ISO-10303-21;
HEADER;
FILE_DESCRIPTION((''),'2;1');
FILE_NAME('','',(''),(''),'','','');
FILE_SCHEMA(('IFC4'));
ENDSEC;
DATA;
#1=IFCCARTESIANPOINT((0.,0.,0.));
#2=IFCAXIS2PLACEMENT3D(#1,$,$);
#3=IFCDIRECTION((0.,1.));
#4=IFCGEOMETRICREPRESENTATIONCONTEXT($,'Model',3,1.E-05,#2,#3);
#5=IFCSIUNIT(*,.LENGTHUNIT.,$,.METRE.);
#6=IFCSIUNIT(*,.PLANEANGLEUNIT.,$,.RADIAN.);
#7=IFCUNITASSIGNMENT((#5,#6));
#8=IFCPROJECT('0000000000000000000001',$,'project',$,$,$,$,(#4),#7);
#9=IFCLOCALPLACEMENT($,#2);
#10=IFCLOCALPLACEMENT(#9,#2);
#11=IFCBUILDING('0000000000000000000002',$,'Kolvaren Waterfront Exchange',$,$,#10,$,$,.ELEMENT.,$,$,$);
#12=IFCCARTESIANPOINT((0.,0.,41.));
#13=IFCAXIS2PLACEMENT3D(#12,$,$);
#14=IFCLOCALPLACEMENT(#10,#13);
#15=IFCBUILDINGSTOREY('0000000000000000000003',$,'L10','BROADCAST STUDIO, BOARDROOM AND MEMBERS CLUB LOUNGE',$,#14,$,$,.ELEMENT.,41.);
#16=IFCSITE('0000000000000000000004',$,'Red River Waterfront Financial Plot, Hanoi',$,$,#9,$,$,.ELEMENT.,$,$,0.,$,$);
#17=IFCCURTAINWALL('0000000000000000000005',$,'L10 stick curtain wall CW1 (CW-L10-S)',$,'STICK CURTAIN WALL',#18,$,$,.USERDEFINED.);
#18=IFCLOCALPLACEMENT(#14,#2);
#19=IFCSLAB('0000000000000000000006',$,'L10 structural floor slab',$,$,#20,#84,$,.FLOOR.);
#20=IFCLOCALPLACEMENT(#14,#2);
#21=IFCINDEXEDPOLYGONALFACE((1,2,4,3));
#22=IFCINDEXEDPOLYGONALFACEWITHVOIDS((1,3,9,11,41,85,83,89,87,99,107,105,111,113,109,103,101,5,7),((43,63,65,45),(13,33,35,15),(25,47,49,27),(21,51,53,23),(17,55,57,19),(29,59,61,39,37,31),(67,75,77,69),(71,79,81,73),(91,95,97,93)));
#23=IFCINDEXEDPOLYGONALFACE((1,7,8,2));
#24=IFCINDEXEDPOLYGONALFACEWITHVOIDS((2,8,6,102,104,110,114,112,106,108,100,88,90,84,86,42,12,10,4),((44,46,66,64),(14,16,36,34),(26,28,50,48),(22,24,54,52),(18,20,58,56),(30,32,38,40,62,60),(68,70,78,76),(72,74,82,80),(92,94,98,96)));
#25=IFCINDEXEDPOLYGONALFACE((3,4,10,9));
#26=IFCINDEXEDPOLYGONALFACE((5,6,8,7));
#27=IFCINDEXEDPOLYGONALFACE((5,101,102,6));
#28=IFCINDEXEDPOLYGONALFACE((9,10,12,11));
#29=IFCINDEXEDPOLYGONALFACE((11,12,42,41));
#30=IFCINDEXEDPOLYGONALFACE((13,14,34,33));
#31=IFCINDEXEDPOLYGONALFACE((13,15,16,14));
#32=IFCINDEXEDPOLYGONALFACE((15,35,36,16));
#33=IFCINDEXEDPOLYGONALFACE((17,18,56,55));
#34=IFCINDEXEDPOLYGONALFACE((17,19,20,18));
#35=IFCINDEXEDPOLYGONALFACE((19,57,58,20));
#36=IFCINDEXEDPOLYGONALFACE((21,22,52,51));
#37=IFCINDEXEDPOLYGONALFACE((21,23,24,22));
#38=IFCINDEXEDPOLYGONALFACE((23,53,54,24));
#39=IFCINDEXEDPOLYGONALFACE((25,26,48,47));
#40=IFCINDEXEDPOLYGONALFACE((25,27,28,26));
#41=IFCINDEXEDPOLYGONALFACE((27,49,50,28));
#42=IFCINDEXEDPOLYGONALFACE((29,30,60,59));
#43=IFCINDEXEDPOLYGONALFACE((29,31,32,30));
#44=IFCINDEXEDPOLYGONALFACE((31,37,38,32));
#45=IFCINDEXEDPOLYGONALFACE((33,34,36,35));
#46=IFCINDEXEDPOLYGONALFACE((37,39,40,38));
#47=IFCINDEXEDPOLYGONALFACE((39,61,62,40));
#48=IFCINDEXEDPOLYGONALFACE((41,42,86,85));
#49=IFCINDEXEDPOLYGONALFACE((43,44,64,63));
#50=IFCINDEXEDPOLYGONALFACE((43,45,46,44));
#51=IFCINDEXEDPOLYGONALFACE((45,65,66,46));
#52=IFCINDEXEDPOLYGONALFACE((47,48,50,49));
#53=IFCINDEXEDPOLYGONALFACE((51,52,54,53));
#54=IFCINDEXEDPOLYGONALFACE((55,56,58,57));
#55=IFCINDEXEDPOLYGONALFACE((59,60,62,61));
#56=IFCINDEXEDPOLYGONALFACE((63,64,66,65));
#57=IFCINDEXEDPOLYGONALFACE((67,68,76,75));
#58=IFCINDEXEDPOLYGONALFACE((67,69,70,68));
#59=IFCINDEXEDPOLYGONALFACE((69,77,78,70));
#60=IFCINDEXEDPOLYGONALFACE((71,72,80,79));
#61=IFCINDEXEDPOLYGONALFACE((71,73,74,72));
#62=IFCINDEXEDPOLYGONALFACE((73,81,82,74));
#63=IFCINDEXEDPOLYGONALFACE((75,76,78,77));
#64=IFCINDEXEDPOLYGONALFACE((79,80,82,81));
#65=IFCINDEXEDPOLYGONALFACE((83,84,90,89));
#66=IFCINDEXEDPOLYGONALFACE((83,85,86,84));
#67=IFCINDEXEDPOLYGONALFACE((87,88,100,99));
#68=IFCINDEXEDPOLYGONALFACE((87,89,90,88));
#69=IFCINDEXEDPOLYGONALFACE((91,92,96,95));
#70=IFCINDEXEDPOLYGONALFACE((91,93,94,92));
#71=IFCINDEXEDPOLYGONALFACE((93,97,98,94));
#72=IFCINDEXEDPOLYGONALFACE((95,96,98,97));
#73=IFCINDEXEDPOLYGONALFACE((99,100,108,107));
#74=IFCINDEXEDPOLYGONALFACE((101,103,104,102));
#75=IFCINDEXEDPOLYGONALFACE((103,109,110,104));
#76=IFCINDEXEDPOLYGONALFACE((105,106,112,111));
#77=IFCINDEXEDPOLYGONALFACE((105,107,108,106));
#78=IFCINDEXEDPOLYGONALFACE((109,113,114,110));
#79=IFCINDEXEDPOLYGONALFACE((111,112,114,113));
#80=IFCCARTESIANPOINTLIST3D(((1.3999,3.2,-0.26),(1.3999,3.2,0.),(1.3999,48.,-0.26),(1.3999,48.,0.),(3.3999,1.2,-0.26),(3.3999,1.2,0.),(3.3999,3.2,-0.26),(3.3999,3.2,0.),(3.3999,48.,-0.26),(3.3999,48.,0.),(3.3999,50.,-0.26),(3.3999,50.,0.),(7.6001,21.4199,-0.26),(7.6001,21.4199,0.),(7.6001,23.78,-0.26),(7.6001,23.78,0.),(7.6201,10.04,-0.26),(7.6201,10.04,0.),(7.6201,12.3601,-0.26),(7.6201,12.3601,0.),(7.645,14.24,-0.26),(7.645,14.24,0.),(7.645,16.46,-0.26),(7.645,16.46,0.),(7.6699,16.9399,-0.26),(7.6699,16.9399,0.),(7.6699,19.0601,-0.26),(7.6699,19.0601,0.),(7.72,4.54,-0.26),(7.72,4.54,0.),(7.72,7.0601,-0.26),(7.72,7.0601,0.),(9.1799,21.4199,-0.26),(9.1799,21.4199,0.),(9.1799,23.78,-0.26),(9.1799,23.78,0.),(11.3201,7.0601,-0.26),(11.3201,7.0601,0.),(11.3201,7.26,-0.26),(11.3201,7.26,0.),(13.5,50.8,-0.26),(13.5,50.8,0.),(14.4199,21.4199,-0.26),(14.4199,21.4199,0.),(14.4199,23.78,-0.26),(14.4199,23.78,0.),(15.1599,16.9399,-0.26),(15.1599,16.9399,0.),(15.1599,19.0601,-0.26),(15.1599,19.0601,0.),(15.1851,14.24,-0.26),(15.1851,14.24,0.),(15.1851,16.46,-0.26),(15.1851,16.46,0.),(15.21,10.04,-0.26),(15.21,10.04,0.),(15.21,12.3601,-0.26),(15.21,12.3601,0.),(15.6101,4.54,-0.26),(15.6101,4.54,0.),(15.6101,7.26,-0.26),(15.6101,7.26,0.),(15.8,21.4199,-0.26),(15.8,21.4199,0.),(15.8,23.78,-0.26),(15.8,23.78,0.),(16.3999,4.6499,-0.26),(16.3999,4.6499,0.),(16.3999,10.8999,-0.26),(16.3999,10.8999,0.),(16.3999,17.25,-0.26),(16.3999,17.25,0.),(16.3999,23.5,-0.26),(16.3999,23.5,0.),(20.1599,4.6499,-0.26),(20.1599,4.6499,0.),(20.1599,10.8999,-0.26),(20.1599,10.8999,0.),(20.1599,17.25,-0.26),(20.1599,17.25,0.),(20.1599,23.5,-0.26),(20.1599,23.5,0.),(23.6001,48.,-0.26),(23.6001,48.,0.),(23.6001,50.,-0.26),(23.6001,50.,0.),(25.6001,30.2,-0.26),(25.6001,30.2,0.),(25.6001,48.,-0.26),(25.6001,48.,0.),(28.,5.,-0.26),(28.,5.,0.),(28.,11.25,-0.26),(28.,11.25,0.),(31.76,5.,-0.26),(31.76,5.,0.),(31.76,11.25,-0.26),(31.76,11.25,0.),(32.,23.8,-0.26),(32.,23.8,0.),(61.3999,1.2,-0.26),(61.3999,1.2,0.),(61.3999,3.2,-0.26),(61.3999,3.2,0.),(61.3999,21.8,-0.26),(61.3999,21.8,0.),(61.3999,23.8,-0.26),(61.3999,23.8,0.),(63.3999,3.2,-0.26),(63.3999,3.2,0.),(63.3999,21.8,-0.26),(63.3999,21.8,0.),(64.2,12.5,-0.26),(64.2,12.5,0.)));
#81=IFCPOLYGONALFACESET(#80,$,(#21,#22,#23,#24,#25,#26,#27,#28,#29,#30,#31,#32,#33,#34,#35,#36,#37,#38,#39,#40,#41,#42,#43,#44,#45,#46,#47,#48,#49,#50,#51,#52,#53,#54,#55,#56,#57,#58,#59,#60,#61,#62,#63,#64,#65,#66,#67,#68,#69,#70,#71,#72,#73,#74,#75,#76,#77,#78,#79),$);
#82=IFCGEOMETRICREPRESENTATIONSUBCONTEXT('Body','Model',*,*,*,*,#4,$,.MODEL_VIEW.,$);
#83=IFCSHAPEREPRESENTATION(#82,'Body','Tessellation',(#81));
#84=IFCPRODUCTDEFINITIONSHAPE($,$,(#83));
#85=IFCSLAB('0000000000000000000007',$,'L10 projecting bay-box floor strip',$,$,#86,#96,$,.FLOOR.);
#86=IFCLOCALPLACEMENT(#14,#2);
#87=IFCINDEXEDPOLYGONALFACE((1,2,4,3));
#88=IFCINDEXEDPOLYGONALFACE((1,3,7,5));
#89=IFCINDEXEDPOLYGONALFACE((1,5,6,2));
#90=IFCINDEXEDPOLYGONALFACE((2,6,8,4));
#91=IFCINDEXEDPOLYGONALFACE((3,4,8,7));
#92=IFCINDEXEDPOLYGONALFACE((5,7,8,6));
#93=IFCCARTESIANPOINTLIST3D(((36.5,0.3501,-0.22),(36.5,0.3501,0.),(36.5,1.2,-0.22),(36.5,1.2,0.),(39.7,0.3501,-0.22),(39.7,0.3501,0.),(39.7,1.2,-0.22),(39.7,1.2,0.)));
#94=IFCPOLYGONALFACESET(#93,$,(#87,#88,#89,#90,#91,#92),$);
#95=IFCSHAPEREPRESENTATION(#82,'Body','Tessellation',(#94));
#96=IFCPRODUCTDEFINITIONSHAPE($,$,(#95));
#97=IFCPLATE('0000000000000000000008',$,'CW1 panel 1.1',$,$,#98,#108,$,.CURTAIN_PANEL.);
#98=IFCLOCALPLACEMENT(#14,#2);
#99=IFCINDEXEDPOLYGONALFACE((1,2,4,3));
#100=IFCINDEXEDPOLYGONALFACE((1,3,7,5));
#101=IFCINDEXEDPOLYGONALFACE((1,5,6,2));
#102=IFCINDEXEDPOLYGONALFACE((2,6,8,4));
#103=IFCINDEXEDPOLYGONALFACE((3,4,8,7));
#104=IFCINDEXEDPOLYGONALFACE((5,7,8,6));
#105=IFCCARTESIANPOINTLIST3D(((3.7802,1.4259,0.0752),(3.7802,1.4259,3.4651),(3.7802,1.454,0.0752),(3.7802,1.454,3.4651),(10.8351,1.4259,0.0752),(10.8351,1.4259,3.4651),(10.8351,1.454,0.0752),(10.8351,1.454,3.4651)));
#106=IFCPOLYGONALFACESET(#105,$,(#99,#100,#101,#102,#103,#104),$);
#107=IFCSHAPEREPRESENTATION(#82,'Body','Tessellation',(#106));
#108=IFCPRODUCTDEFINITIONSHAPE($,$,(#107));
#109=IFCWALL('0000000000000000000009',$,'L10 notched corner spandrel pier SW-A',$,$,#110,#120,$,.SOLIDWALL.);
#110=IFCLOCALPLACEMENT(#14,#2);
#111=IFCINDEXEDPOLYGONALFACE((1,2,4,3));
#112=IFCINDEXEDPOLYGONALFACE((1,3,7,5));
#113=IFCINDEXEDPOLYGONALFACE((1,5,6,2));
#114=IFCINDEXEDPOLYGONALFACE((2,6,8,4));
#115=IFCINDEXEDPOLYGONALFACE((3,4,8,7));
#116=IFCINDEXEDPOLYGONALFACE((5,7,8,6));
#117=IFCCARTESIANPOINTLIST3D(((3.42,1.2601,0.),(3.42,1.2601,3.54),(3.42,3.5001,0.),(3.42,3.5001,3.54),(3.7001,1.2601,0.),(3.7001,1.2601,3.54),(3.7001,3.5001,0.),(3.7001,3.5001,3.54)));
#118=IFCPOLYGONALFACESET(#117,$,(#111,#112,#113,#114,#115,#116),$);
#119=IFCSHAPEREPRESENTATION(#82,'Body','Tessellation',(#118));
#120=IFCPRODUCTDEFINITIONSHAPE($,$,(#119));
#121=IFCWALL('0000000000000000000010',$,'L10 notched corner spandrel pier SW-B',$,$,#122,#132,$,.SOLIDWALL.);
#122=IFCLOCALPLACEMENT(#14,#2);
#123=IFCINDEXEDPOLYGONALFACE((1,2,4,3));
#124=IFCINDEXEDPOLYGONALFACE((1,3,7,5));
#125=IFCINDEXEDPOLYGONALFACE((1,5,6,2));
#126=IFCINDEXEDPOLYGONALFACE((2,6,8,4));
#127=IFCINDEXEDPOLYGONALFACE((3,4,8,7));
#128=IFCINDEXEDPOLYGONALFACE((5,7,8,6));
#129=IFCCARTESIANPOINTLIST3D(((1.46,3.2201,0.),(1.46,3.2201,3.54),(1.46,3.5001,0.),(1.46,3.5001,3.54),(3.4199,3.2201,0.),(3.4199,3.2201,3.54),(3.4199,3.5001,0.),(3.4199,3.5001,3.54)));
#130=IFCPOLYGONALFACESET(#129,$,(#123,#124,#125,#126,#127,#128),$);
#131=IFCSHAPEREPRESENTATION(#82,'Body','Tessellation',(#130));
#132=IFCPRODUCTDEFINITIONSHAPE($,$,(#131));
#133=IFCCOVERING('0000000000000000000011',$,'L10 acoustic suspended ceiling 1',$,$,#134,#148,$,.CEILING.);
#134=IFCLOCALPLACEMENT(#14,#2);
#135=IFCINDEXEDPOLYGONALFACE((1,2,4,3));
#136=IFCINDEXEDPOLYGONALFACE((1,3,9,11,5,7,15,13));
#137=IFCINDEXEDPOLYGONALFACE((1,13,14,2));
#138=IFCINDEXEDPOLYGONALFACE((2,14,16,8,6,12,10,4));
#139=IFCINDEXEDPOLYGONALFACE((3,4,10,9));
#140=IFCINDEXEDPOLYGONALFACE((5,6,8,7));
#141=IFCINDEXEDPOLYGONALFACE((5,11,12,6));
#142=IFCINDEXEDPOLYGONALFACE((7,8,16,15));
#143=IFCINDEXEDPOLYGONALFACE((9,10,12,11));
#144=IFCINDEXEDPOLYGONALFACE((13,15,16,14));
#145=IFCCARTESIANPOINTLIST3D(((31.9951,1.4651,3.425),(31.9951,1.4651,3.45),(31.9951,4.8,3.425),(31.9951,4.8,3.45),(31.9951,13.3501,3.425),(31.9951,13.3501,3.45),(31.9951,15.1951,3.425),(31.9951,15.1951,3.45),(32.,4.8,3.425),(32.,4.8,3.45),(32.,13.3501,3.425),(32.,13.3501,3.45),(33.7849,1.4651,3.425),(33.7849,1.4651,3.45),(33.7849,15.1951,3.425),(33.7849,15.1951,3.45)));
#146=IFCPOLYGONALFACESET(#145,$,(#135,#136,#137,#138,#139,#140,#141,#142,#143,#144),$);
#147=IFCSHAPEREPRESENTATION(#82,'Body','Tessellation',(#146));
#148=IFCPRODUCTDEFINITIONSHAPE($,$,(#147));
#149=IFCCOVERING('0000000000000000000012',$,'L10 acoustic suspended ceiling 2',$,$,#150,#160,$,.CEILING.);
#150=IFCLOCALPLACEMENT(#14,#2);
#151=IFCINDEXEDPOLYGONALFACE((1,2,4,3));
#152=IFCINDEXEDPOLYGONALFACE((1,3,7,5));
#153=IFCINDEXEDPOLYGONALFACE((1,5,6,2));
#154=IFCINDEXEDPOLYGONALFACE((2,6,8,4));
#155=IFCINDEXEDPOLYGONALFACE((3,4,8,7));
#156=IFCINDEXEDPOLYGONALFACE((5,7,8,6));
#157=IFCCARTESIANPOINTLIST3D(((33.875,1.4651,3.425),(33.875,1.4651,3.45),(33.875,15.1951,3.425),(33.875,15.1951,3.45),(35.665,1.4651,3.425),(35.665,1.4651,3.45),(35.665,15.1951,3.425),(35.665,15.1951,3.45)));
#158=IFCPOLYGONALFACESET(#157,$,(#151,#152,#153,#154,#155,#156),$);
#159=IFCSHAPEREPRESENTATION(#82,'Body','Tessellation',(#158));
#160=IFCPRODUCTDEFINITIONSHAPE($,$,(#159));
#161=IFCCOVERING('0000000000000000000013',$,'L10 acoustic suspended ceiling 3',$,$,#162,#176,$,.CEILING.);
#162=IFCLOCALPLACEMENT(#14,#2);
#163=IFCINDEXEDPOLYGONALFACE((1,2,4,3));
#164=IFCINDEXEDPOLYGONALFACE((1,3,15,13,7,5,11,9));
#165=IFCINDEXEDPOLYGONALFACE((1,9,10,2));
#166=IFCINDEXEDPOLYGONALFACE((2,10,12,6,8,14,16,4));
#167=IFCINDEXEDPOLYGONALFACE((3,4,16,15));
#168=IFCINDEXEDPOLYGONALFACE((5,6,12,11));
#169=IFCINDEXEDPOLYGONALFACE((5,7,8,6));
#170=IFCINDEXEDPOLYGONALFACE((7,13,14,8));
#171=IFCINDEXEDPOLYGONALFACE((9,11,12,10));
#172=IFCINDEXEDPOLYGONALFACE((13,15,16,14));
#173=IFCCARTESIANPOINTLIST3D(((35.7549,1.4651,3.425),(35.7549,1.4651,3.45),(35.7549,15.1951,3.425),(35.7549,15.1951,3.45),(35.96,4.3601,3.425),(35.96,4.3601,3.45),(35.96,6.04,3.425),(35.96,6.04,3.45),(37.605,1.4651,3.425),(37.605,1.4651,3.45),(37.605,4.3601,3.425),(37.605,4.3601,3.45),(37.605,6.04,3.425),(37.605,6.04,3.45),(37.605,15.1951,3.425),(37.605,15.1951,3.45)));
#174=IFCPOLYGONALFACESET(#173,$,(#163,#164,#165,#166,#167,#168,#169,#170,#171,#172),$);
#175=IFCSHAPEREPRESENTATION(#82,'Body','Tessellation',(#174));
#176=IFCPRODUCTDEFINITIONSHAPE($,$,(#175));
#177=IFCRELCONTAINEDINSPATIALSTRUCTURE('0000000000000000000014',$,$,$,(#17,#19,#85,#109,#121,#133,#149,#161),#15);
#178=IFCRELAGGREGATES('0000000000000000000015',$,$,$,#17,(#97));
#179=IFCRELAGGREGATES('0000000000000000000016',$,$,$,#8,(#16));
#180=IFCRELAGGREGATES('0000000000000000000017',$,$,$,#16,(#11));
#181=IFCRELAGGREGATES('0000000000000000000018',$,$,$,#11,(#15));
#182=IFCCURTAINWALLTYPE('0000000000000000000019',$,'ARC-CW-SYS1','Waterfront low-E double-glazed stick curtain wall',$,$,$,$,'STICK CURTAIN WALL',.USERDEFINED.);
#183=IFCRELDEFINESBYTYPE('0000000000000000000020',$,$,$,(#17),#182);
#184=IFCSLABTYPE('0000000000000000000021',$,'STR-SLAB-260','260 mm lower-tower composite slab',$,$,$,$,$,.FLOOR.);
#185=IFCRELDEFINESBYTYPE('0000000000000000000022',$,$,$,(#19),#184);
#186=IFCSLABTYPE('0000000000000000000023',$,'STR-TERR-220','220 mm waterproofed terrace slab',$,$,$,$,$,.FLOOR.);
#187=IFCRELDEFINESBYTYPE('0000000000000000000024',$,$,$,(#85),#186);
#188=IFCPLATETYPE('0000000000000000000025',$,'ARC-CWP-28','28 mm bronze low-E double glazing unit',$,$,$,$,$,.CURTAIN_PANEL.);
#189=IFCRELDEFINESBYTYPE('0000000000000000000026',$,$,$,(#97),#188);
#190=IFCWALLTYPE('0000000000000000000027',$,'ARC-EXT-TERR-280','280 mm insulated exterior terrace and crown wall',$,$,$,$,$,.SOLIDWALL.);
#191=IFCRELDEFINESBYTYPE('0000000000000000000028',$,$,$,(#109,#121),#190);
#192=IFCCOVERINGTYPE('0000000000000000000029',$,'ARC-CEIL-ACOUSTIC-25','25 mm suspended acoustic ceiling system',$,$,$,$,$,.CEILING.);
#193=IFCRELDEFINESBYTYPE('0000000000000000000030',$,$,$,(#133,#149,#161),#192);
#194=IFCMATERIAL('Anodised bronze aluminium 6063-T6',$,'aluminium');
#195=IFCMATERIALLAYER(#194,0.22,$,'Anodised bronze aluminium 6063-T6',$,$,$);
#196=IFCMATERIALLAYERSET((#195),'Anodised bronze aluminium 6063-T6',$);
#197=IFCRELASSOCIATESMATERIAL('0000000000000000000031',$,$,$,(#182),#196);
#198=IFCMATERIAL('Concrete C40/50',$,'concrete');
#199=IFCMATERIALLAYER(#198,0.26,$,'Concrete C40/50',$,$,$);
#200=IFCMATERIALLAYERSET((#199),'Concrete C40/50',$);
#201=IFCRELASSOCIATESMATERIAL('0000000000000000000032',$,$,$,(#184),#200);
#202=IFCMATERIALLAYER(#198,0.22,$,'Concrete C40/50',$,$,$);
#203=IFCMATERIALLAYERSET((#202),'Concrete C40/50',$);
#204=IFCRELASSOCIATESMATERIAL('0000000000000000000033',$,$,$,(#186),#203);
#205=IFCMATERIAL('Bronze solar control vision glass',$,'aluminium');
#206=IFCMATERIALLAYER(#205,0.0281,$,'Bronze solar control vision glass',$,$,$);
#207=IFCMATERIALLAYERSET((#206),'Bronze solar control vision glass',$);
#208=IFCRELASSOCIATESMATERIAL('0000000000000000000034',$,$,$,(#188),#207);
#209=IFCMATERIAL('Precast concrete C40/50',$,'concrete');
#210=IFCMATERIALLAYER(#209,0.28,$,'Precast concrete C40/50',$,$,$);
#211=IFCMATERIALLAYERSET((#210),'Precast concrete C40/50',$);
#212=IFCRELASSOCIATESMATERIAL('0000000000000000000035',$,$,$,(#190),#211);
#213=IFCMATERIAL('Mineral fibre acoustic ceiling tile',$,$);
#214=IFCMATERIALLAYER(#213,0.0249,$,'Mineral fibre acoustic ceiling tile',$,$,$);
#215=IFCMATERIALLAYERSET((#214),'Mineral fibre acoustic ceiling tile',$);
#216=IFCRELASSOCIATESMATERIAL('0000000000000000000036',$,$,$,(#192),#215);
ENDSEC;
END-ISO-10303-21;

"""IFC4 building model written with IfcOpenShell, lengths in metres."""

from ifc_helpers import new_model, si_unit, direction, frame, frame_2d, origin, origin_with_axes, origin_2d, place, context, subcontext, project, spatial, polyline, rectangle, outline, extrude, source, transform, mapped, material, layer, layer_set, type_object, element, aggregate, save


model = new_model("IFC4")

# Units and contexts
model_context = context("Model", 3, precision=1e-05, world=origin(), true_north=direction((0.0, 1.0)))
body_context = subcontext(model_context, "Body", "Model", "MODEL_VIEW")
ifc_project = project(units=[si_unit("LENGTHUNIT", "METRE"), si_unit("PLANEANGLEUNIT", "RADIAN")], contexts=[model_context])

# Site, building, storey
site_placement = place(None, origin())
site = spatial("IfcSite", under=ifc_project, at=site_placement, Name="Red River Waterfront Financial Plot, Hanoi", CompositionType="ELEMENT", RefElevation=0.0)
building_placement = place(site_placement, origin())
building = spatial("IfcBuilding", under=site, at=building_placement, Name="Kolvaren Waterfront Exchange", CompositionType="ELEMENT")
storey_placement = place(building_placement, frame((0.0, 0.0, 41.0)))
storey = spatial("IfcBuildingStorey", under=building, at=storey_placement, Name="L10", Description="BROADCAST STUDIO, BOARDROOM AND MEMBERS CLUB LOUNGE", CompositionType="ELEMENT", Elevation=41.0)

# Curtain wall
ifc_material_1 = material(Name="Anodised bronze aluminium 6063-T6", Category="aluminium")
ifc_layer_1 = layer(ifc_material_1, 0.22, Name="Anodised bronze aluminium 6063-T6")
ifc_layer_set_1 = layer_set([ifc_layer_1], Name="Anodised bronze aluminium 6063-T6")
curtain_wall_type_1 = type_object("IfcCurtainWallType", Name="ARC-CW-SYS1", Description="Waterfront low-E double-glazed stick curtain wall", ElementType="STICK CURTAIN WALL", PredefinedType="USERDEFINED", material=ifc_layer_set_1)
curtain_wall_1_placement = place(storey_placement, origin())
curtain_wall_1 = element("IfcCurtainWall", 1, at=curtain_wall_1_placement, inside=storey, type_object=curtain_wall_type_1, Name="L10 stick curtain wall CW1 (CW-L10-S)", ObjectType="STICK CURTAIN WALL", PredefinedType="USERDEFINED")

# Shared definitions
ifc_material_2 = material(Name="Concrete C40/50", Category="concrete")

# Slabs
ifc_layer_2 = layer(ifc_material_2, 0.26, Name="Concrete C40/50")
ifc_layer_set_2 = layer_set([ifc_layer_2], Name="Concrete C40/50")
slab_type_1 = type_object("IfcSlabType", Name="STR-SLAB-260", Description="260 mm lower-tower composite slab", PredefinedType="FLOOR", material=ifc_layer_set_2)
slab_1_placement = place(storey_placement, frame((0.0, 0.0, -0.26)))
element("IfcSlab", 2, at=slab_1_placement, inside=storey, type_object=slab_type_1, Name="L10 structural floor slab", PredefinedType="FLOOR", context=body_context, shape_type="SweptSolid", body=[
    extrude(outline(polyline([(3.3999, 1.2), (61.3999, 1.2), (61.3999, 3.2), (63.3999, 3.2), (64.2, 12.5), (63.3999, 21.8), (61.3999, 21.8), (61.3999, 23.8), (32.0, 23.8), (25.6001, 30.2), (25.6001, 48.0), (23.6001, 48.0), (23.6001, 50.0), (13.5, 50.8), (3.3999, 50.0), (3.3999, 48.0), (1.3999, 48.0), (1.3999, 3.2), (3.3999, 3.2), (3.3999, 1.2)]), holes=[polyline([(11.3201, 7.26), (15.6101, 7.26), (15.6101, 4.54), (7.72, 4.54), (7.72, 7.0601), (11.3201, 7.0601), (11.3201, 7.26)]), polyline([(20.1599, 4.6499), (16.3999, 4.6499), (16.3999, 10.8999), (20.1599, 10.8999), (20.1599, 4.6499)]), polyline([(31.76, 5.0), (28.0, 5.0), (28.0, 11.25), (31.76, 11.25), (31.76, 5.0)]), polyline([(15.21, 10.04), (7.6201, 10.04), (7.6201, 12.3601), (15.21, 12.3601), (15.21, 10.04)]), polyline([(7.645, 16.46), (15.1851, 16.46), (15.1851, 14.24), (7.645, 14.24), (7.645, 16.46)]), polyline([(15.1599, 16.9399), (7.6699, 16.9399), (7.6699, 19.0601), (15.1599, 19.0601), (15.1599, 16.9399)]), polyline([(16.3999, 23.5), (20.1599, 23.5), (20.1599, 17.25), (16.3999, 17.25), (16.3999, 23.5)]), polyline([(7.6001, 23.78), (9.1799, 23.78), (9.1799, 21.4199), (7.6001, 21.4199), (7.6001, 23.78)]), polyline([(15.8, 23.78), (15.8, 21.4199), (14.4199, 21.4199), (14.4199, 23.78), (15.8, 23.78)])]), origin(), (0.0, 0.0, 1.0), 0.26),
])
ifc_layer_3 = layer(ifc_material_2, 0.22, Name="Concrete C40/50")
ifc_layer_set_3 = layer_set([ifc_layer_3], Name="Concrete C40/50")
slab_type_2 = type_object("IfcSlabType", Name="STR-TERR-220", Description="220 mm waterproofed terrace slab", PredefinedType="FLOOR", material=ifc_layer_set_3)
slab_2_placement = place(storey_placement, frame((0.0, 0.0, -0.22)))
element("IfcSlab", 3, at=slab_2_placement, inside=storey, type_object=slab_type_2, Name="L10 projecting bay-box floor strip", PredefinedType="FLOOR", context=body_context, shape_type="SweptSolid", body=[
    extrude(outline(polyline([(36.5, 0.3501), (39.7, 0.3501), (39.7, 1.2), (36.5, 1.2), (36.5, 0.3501)])), origin(), (0.0, 0.0, 1.0), 0.22),
])

# Plate
ifc_material_3 = material(Name="Bronze solar control vision glass", Category="aluminium")
ifc_layer_4 = layer(ifc_material_3, 0.0281, Name="Bronze solar control vision glass")
ifc_layer_set_4 = layer_set([ifc_layer_4], Name="Bronze solar control vision glass")
plate_type = type_object("IfcPlateType", Name="ARC-CWP-28", Description="28 mm bronze low-E double glazing unit", PredefinedType="CURTAIN_PANEL", material=ifc_layer_set_4)
shared_shape_1 = source(origin_with_axes(), body_context, "Body", "SweptSolid", [
    extrude(rectangle(XDim=7.0549, YDim=0.0281, at=origin_2d()), origin(), (0.0, 0.0, 1.0), 3.3899),
])
plate_placement = place(storey_placement, frame((7.3076, 1.4399, 0.0752), z_axis=(0.0, 0.0, 1.0), x_axis=(1.0, 0.0, 0.0)))
plate = element("IfcPlate", 4, at=plate_placement, type_object=plate_type, Name="CW1 panel 1.1", PredefinedType="CURTAIN_PANEL", context=body_context, shape_type="MappedRepresentation", body=[
    mapped(shared_shape_1, transform((0.0, 0.0, 0.0), x_axis=(1.0, 0.0, 0.0), y_axis=(0.0, 1.0, 0.0), z_axis=(0.0, 0.0, 1.0), scale=1.0)),
])
aggregate(curtain_wall_1, [plate])

# Walls
ifc_material_4 = material(Name="Precast concrete C40/50", Category="concrete")
ifc_layer_5 = layer(ifc_material_4, 0.28, Name="Precast concrete C40/50")
ifc_layer_set_5 = layer_set([ifc_layer_5], Name="Precast concrete C40/50")
wall_type = type_object("IfcWallType", Name="ARC-EXT-TERR-280", Description="280 mm insulated exterior terrace and crown wall", PredefinedType="SOLIDWALL", material=ifc_layer_set_5)
wall_1_placement = place(storey_placement, frame((3.5601, 1.26, 0.0), z_axis=(0.0, 0.0, 1.0), x_axis=(0.0, 1.0, 0.0)))
element("IfcWall", 5, at=wall_1_placement, inside=storey, type_object=wall_type, Name="L10 notched corner spandrel pier SW-A", PredefinedType="SOLIDWALL", context=body_context, shape_type="SweptSolid", body=[
    extrude(rectangle(XDim=2.24, YDim=0.28, at=frame_2d((1.1201, 0.0))), origin(), (0.0, 0.0, 1.0), 3.54),
])
wall_2_placement = place(storey_placement, frame((1.46, 3.3601, 0.0), z_axis=(0.0, 0.0, 1.0), x_axis=(1.0, 0.0, 0.0)))
element("IfcWall", 6, at=wall_2_placement, inside=storey, type_object=wall_type, Name="L10 notched corner spandrel pier SW-B", PredefinedType="SOLIDWALL", context=body_context, shape_type="SweptSolid", body=[
    extrude(rectangle(XDim=1.96, YDim=0.28, at=frame_2d((0.98, 0.0))), origin(), (0.0, 0.0, 1.0), 3.54),
])

# Coverings
ifc_material_5 = material(Name="Mineral fibre acoustic ceiling tile")
ifc_layer_6 = layer(ifc_material_5, 0.0249, Name="Mineral fibre acoustic ceiling tile")
ifc_layer_set_6 = layer_set([ifc_layer_6], Name="Mineral fibre acoustic ceiling tile")
covering_type_1 = type_object("IfcCoveringType", Name="ARC-CEIL-ACOUSTIC-25", Description="25 mm suspended acoustic ceiling system", PredefinedType="CEILING", material=ifc_layer_set_6)
covering_1_placement = place(storey_placement, frame((0.0, 0.0, 3.425)))
element("IfcCovering", 7, at=covering_1_placement, inside=storey, type_object=covering_type_1, Name="L10 acoustic suspended ceiling 1", PredefinedType="CEILING", context=body_context, shape_type="SweptSolid", body=[
    extrude(outline(polyline([(33.7849, 1.4651), (33.7849, 15.1951), (31.9951, 15.1951), (31.9951, 13.3501), (32.0, 13.3501), (32.0, 4.8), (31.9951, 4.8), (31.9951, 1.4651), (33.7849, 1.4651)])), origin(), (0.0, 0.0, 1.0), 0.0249),
])
covering_2_placement = place(storey_placement, frame((0.0, 0.0, 3.425)))
element("IfcCovering", 8, at=covering_2_placement, inside=storey, type_object=covering_type_1, Name="L10 acoustic suspended ceiling 2", PredefinedType="CEILING", context=body_context, shape_type="SweptSolid", body=[
    extrude(outline(polyline([(35.665, 1.4651), (35.665, 15.1951), (33.875, 15.1951), (33.875, 1.4651), (35.665, 1.4651)])), origin(), (0.0, 0.0, 1.0), 0.0249),
])
covering_3_placement = place(storey_placement, frame((0.0, 0.0, 3.425)))
element("IfcCovering", 9, at=covering_3_placement, inside=storey, type_object=covering_type_1, Name="L10 acoustic suspended ceiling 3", PredefinedType="CEILING", context=body_context, shape_type="SweptSolid", body=[
    extrude(outline(polyline([(37.605, 4.3601), (35.96, 4.3601), (35.96, 6.04), (37.605, 6.04), (37.605, 15.1951), (35.7549, 15.1951), (35.7549, 1.4651), (37.605, 1.4651), (37.605, 4.3601)])), origin(), (0.0, 0.0, 1.0), 0.0249),
])

save(model, "model.ifc")
